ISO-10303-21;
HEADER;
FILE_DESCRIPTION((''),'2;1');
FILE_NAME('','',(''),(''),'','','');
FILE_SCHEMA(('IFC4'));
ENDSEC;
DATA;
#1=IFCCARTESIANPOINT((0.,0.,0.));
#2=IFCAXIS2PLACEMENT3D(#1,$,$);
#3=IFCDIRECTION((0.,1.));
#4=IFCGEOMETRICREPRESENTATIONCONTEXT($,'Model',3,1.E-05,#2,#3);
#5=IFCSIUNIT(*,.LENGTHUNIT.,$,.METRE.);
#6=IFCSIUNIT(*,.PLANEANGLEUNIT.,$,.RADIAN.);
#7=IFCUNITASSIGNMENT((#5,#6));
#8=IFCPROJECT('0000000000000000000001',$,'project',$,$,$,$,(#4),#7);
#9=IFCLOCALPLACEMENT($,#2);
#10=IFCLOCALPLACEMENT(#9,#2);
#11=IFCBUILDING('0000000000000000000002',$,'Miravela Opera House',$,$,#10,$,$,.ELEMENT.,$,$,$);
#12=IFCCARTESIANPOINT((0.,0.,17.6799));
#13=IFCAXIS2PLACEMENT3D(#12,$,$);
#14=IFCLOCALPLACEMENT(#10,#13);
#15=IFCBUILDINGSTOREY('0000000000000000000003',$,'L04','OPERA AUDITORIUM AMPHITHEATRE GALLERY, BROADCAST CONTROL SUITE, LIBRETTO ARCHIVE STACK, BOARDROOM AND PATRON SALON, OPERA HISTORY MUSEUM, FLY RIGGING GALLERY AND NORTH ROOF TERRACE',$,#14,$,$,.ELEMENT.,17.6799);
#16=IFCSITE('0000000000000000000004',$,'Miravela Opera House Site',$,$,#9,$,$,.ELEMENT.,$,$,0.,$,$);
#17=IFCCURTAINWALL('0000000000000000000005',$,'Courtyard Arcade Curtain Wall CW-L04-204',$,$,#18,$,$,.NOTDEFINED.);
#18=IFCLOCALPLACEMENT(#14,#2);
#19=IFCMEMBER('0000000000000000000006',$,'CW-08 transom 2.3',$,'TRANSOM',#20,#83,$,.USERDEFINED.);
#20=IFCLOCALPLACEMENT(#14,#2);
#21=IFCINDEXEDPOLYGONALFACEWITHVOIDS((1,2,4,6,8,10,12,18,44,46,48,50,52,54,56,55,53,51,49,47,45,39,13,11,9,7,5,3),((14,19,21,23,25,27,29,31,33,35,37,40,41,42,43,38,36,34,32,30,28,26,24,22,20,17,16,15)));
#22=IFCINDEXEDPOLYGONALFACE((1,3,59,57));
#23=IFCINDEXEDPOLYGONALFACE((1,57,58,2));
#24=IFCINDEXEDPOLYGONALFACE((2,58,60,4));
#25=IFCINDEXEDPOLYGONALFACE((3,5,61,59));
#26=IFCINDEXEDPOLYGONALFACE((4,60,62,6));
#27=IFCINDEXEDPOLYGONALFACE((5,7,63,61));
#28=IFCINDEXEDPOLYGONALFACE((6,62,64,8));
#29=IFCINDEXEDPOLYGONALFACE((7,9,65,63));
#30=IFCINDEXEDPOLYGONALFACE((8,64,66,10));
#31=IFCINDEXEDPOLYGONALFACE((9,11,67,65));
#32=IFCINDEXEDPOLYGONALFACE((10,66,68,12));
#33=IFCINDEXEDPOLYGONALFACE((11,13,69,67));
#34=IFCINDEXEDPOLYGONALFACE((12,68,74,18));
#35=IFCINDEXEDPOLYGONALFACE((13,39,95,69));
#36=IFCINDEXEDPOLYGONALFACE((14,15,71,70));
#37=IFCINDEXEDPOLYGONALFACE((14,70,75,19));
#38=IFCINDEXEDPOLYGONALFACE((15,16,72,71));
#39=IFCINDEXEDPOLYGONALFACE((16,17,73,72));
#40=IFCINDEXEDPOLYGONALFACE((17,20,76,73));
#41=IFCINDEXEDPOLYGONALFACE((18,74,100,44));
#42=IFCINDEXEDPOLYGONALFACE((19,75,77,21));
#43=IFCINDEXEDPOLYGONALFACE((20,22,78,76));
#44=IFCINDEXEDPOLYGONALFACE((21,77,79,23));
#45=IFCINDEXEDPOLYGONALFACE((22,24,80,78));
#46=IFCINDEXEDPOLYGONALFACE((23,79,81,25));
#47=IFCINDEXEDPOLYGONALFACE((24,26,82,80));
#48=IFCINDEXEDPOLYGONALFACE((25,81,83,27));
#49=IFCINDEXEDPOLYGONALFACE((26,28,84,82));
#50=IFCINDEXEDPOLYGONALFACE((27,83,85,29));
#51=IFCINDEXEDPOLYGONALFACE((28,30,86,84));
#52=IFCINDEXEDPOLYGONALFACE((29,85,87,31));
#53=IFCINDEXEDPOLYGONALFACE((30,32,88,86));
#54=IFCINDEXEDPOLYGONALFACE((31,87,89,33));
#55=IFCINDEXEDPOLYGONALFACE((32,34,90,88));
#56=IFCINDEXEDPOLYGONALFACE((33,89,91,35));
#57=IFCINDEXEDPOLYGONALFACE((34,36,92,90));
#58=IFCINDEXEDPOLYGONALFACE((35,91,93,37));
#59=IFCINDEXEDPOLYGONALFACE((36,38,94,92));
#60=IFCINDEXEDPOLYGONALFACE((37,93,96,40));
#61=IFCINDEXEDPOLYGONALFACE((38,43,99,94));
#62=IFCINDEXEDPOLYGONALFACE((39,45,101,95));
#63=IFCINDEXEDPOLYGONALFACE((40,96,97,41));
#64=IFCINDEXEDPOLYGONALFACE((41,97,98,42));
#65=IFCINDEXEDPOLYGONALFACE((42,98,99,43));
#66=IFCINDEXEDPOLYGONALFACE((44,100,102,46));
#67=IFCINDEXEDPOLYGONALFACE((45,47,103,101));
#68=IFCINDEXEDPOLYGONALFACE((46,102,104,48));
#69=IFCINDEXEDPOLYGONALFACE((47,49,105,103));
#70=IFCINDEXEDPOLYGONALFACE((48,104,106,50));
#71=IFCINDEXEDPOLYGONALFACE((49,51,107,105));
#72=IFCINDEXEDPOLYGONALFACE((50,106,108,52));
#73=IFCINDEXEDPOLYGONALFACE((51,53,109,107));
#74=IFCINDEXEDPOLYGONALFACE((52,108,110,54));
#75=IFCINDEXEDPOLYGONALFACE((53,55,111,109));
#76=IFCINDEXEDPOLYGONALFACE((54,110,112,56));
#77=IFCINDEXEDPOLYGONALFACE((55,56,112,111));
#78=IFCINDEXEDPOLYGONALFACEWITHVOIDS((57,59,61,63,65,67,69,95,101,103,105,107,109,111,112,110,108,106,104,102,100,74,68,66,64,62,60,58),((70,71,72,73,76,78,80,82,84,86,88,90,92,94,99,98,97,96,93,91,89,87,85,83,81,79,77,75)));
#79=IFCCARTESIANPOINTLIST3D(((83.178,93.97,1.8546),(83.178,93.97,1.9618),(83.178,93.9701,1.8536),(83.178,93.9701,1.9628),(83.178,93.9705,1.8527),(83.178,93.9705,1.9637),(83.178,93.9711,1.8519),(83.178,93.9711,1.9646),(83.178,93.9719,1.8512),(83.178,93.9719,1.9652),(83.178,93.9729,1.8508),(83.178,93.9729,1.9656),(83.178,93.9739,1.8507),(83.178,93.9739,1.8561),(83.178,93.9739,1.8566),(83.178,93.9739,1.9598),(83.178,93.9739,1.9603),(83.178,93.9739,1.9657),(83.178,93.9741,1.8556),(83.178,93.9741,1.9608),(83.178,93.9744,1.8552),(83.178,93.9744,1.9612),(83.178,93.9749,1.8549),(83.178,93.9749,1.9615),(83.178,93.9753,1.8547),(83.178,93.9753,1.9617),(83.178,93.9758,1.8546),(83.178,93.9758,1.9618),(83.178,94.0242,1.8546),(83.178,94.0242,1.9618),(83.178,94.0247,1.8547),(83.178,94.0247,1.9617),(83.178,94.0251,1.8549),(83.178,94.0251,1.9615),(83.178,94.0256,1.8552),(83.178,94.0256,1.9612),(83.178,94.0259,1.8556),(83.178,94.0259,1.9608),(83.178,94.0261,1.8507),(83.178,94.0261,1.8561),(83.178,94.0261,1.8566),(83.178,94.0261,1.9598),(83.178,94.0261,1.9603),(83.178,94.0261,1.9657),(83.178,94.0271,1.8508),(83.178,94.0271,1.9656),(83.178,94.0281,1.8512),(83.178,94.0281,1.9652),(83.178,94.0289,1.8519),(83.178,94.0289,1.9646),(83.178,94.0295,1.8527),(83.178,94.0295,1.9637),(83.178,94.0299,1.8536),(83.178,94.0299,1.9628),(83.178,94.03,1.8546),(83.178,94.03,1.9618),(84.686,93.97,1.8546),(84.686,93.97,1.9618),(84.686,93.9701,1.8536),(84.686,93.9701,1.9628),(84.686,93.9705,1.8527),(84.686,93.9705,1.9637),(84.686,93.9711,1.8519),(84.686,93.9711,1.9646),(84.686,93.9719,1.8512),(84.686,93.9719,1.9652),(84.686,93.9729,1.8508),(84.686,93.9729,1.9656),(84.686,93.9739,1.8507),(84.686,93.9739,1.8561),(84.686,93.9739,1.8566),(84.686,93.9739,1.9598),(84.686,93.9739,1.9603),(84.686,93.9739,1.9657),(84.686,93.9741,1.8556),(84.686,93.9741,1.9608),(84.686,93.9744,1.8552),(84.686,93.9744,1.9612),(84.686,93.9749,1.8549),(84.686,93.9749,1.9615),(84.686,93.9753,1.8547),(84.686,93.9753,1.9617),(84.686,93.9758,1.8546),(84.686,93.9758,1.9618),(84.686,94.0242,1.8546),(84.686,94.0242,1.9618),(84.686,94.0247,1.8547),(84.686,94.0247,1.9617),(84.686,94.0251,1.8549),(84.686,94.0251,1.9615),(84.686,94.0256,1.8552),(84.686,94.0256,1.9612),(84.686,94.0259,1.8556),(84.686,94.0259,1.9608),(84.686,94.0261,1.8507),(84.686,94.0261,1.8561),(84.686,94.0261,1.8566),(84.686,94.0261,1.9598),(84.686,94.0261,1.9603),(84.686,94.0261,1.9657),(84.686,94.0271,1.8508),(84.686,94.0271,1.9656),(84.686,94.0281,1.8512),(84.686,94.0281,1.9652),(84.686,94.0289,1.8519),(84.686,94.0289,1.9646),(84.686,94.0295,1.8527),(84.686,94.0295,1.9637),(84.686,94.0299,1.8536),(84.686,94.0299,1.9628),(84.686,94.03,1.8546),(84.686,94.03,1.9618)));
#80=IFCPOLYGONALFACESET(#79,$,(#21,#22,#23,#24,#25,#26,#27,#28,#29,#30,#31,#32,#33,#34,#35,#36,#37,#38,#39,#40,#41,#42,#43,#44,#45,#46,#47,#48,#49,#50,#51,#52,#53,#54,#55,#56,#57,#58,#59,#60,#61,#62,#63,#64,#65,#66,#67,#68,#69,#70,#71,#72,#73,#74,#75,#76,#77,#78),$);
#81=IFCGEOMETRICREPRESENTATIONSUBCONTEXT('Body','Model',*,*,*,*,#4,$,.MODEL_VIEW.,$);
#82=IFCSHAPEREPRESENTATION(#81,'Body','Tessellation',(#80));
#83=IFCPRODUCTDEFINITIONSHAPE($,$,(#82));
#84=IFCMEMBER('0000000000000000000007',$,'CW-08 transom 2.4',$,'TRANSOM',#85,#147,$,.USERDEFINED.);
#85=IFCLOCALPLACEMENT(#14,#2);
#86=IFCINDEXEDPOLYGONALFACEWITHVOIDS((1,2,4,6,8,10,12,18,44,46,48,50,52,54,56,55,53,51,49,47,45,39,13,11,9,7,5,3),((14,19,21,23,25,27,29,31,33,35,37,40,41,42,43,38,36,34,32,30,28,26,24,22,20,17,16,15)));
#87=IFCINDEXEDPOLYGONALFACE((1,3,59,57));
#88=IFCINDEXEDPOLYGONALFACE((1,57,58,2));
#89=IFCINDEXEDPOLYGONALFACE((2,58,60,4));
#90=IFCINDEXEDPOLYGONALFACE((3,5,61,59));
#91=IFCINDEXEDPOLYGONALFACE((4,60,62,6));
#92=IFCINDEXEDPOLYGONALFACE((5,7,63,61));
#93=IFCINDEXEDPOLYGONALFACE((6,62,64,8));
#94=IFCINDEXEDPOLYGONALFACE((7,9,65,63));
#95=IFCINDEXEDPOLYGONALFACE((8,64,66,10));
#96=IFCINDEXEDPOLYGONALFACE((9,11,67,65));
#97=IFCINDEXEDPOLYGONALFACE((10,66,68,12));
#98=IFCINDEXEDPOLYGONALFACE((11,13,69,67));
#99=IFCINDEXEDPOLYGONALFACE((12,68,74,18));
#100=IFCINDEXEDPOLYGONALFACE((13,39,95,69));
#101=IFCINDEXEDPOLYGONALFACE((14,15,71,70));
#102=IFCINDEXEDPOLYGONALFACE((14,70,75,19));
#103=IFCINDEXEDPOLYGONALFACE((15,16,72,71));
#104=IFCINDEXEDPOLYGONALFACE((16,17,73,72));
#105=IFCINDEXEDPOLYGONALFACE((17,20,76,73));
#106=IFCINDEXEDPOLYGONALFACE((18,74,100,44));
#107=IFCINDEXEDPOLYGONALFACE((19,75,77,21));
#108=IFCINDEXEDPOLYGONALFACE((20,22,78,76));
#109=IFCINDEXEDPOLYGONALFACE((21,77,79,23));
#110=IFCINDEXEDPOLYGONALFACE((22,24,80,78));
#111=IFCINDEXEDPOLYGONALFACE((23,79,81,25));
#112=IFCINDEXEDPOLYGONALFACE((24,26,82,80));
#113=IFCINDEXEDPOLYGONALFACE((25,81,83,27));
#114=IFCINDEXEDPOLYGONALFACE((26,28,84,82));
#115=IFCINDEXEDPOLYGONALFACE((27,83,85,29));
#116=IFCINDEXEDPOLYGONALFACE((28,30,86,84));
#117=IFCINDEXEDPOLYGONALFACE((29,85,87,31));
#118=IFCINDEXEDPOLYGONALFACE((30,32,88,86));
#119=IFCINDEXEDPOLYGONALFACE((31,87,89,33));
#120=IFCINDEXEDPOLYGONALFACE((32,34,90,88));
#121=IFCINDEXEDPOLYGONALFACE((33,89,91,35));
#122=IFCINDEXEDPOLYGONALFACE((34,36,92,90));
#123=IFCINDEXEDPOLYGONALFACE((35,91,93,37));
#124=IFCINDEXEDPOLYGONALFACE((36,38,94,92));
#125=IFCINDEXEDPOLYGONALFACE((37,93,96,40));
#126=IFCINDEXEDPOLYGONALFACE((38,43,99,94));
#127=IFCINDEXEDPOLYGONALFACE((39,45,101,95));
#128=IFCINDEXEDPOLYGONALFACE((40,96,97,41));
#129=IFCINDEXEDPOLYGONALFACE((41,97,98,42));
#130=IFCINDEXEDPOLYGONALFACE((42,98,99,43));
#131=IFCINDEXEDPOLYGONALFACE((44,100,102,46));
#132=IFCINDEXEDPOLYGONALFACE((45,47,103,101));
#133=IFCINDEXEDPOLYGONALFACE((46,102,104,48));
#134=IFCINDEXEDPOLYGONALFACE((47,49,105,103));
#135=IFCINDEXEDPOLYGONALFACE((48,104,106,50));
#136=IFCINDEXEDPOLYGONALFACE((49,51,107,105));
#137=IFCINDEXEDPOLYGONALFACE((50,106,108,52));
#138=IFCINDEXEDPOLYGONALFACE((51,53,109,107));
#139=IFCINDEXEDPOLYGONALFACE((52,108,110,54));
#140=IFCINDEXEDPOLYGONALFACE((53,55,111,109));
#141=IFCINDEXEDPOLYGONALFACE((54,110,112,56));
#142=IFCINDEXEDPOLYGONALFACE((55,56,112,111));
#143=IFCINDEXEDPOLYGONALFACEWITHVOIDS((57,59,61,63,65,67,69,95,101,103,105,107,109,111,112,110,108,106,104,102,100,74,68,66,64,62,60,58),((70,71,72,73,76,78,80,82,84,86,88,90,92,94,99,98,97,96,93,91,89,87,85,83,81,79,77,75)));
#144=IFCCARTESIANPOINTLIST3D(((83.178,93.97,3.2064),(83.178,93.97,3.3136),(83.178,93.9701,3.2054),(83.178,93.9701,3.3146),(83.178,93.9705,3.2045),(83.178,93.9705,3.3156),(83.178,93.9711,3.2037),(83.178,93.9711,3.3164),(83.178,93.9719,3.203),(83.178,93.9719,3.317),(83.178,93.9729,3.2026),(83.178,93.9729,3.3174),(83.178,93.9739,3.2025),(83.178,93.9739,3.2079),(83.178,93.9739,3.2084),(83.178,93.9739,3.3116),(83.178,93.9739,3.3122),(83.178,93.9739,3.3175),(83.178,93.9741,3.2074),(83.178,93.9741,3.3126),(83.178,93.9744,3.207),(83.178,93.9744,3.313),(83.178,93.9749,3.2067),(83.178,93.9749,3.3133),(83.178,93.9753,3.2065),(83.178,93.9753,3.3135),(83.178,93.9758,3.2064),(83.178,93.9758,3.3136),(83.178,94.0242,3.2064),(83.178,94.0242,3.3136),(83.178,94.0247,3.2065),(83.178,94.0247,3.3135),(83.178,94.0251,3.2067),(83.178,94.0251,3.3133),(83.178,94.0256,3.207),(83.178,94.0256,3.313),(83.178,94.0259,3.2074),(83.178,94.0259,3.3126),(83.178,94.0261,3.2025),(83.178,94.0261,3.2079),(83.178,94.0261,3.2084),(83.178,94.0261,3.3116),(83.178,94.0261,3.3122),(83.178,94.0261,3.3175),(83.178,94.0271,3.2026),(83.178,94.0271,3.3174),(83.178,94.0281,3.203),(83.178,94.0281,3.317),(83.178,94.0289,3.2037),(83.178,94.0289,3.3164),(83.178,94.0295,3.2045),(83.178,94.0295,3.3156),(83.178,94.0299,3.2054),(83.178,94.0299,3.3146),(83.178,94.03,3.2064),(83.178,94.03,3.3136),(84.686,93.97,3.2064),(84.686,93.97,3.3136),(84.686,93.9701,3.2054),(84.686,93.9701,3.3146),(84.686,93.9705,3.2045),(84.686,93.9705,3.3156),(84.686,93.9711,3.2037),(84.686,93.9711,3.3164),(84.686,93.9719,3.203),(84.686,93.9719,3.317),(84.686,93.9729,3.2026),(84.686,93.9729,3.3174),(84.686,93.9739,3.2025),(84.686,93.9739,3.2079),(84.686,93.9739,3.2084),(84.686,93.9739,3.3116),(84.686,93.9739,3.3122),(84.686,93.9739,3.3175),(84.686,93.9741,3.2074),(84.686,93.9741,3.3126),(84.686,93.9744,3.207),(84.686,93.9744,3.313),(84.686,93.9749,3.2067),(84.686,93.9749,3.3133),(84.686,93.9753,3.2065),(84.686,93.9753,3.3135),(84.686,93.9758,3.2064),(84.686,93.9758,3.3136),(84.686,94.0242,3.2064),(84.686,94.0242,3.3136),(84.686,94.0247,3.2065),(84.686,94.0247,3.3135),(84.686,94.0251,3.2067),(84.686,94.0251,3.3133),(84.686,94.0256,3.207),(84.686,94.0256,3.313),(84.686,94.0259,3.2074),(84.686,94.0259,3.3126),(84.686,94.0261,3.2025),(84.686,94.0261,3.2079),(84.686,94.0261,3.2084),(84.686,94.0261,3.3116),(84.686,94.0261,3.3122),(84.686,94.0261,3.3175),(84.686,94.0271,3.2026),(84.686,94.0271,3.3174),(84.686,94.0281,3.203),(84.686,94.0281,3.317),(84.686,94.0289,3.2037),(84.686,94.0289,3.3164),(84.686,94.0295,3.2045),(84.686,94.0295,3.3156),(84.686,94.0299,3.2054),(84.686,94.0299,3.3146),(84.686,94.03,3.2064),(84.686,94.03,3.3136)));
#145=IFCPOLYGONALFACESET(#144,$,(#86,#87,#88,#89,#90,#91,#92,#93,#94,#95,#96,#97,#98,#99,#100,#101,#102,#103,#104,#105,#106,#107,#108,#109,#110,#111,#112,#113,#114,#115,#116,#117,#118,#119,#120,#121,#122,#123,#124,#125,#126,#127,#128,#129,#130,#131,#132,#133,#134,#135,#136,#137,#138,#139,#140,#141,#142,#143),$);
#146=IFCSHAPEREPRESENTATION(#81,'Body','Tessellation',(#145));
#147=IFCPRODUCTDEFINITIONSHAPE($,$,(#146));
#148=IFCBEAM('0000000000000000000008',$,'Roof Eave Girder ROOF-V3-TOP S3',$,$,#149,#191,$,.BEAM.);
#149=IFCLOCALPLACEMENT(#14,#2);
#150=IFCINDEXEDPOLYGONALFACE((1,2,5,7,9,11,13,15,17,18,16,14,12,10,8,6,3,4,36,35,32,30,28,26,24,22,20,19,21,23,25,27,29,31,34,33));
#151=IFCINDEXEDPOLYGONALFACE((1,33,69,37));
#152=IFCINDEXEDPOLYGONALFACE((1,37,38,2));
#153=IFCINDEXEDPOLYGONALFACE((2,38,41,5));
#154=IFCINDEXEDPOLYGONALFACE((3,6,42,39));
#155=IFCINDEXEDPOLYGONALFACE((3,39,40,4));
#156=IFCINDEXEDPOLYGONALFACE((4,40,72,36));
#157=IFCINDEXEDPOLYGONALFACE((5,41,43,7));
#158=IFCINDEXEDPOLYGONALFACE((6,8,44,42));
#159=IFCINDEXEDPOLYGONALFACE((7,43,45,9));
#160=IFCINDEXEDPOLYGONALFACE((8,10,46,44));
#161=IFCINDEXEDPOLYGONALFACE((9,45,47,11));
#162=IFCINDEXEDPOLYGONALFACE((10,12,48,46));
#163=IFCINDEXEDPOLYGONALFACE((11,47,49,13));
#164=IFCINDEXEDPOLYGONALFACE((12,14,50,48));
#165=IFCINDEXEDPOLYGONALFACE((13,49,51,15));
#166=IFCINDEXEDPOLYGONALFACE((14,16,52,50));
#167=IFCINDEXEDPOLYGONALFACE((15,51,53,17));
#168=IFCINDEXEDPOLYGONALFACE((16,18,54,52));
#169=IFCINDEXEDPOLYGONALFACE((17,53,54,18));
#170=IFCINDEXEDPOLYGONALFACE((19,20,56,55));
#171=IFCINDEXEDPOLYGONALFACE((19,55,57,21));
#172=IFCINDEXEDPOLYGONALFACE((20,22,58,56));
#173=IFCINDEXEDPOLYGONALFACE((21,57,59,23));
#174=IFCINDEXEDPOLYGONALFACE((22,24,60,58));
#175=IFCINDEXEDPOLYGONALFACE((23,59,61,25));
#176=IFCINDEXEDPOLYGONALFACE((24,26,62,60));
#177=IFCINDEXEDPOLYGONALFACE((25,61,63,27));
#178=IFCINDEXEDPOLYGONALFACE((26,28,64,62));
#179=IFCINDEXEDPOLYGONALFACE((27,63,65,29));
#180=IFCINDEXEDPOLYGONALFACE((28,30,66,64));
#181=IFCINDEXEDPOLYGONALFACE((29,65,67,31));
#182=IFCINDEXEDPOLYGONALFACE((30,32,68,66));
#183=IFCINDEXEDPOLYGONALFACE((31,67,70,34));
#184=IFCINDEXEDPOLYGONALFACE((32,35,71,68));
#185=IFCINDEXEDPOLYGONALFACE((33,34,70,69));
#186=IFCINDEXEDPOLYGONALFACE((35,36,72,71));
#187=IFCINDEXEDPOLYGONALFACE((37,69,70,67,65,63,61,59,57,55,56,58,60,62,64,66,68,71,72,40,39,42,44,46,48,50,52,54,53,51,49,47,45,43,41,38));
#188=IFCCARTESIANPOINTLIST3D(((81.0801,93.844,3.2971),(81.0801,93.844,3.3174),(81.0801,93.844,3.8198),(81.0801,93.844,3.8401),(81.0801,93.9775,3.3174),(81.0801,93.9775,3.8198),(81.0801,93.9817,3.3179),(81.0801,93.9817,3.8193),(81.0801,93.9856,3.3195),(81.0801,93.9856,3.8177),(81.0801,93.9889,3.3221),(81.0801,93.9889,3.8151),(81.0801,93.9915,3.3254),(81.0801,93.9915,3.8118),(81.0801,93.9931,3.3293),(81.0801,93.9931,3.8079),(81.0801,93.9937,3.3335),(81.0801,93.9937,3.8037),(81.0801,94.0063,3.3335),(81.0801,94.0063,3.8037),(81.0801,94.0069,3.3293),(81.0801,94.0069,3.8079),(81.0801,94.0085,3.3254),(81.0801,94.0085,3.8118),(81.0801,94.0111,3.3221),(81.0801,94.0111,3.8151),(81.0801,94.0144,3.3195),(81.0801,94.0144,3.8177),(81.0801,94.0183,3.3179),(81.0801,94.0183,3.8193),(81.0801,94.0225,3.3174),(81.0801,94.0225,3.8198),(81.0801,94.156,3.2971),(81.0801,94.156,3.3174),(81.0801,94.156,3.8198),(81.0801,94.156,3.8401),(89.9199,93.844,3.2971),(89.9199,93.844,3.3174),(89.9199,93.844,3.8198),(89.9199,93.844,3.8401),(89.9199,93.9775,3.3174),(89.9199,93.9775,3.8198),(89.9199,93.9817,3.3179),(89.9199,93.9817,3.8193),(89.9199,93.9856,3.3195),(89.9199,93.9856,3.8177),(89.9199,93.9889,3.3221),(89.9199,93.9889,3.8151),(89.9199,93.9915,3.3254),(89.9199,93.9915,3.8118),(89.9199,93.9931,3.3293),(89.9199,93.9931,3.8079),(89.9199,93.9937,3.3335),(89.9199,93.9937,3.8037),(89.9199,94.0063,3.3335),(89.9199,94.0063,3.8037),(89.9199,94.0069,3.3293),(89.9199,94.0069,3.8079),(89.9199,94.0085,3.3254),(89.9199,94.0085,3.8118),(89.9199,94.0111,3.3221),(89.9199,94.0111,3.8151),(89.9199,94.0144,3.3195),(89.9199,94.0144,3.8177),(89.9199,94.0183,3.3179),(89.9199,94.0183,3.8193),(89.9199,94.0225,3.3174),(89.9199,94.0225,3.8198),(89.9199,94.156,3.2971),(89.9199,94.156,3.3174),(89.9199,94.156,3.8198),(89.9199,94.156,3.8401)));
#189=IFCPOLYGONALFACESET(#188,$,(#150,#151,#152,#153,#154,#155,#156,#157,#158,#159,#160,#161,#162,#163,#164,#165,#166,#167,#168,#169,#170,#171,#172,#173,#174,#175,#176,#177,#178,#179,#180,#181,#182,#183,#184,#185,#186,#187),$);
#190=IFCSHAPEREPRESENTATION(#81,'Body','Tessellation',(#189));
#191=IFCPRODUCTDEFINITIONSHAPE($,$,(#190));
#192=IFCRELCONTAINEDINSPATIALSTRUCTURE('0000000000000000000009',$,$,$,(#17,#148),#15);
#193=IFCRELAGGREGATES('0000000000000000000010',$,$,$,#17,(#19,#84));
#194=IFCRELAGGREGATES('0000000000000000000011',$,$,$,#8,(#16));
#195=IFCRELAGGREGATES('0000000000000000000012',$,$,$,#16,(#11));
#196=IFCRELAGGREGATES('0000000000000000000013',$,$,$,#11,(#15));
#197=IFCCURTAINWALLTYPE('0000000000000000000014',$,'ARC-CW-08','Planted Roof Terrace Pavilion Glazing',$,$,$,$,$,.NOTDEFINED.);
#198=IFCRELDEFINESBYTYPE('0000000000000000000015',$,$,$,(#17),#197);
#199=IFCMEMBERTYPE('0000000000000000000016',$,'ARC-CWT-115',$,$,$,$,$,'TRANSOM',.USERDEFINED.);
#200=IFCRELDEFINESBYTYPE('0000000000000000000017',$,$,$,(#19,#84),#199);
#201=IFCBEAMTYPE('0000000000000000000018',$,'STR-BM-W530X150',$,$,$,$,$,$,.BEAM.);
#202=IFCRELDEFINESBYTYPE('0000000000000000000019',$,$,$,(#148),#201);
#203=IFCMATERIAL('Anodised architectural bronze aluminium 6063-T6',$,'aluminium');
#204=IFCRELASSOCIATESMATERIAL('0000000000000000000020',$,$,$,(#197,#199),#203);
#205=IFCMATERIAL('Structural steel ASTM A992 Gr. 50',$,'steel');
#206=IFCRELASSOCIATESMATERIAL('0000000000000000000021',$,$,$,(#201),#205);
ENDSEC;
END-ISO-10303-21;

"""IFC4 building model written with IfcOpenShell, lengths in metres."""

from ifc_helpers import new_model, si_unit, direction, frame, origin, origin_2d, place, context, subcontext, project, spatial, hollow_rectangle, i_section, extrude, material, material_profile, profile_set, type_object, element, aggregate, save


model = new_model("IFC4")

# Units and contexts
model_context = context("Model", 3, precision=1e-05, world=origin(), true_north=direction((0.0, 1.0)))
body_context = subcontext(model_context, "Body", "Model", "MODEL_VIEW")
ifc_project = project(units=[si_unit("LENGTHUNIT", "METRE"), si_unit("PLANEANGLEUNIT", "RADIAN")], contexts=[model_context])

# Site, building, storey
site_placement = place(None, origin())
site = spatial("IfcSite", under=ifc_project, at=site_placement, Name="Miravela Opera House Site", CompositionType="ELEMENT", RefElevation=0.0)
building_placement = place(site_placement, origin())
building = spatial("IfcBuilding", under=site, at=building_placement, Name="Miravela Opera House", CompositionType="ELEMENT")
storey_placement = place(building_placement, frame((0.0, 0.0, 17.6799)))
storey = spatial("IfcBuildingStorey", under=building, at=storey_placement, Name="L04", Description="OPERA AUDITORIUM AMPHITHEATRE GALLERY, BROADCAST CONTROL SUITE, LIBRETTO ARCHIVE STACK, BOARDROOM AND PATRON SALON, OPERA HISTORY MUSEUM, FLY RIGGING GALLERY AND NORTH ROOF TERRACE", CompositionType="ELEMENT", Elevation=17.6799)

# Curtain wall, members
ifc_material_1 = material(Name="Anodised architectural bronze aluminium 6063-T6", Category="aluminium")
curtain_wall_type = type_object("IfcCurtainWallType", Name="ARC-CW-08", Description="Planted Roof Terrace Pavilion Glazing", PredefinedType="NOTDEFINED", material=ifc_material_1)
curtain_wall_placement = place(storey_placement, origin())
curtain_wall = element("IfcCurtainWall", 1, at=curtain_wall_placement, inside=storey, type_object=curtain_wall_type, Name="Courtyard Arcade Curtain Wall CW-L04-204", PredefinedType="NOTDEFINED")
ifc_material_profile_1 = material_profile(ifc_material_1, hollow_rectangle(XDim=0.0601, YDim=0.115, WallThickness=0.0039, InnerFilletRadius=0.002, OuterFilletRadius=0.0039, at=origin_2d()), Name="CWT-60X115")
ifc_profile_set_1 = profile_set([ifc_material_profile_1])
member_type_1 = type_object("IfcMemberType", Name="ARC-CWT-115", ElementType="TRANSOM", PredefinedType="USERDEFINED", material=ifc_profile_set_1)
member_1_placement = place(storey_placement, frame((83.178, 94.0, 1.9082), z_axis=(1.0, 0.0, 0.0), x_axis=(0.0, 1.0, 0.0)))
member_1 = element("IfcMember", 2, at=member_1_placement, type_object=member_type_1, Name="CW-08 transom 2.3", ObjectType="TRANSOM", PredefinedType="USERDEFINED", context=body_context, shape_type="SweptSolid", body=[
    extrude(hollow_rectangle(XDim=0.0601, YDim=0.115, WallThickness=0.0039, InnerFilletRadius=0.002, OuterFilletRadius=0.0039, at=origin_2d()), origin(), (0.0, 0.0, 1.0), 1.5081),
])
member_2_placement = place(storey_placement, frame((83.178, 94.0, 3.26), z_axis=(1.0, 0.0, 0.0), x_axis=(0.0, 1.0, 0.0)))
member_2 = element("IfcMember", 3, at=member_2_placement, type_object=member_type_1, Name="CW-08 transom 2.4", ObjectType="TRANSOM", PredefinedType="USERDEFINED", context=body_context, shape_type="SweptSolid", body=[
    extrude(hollow_rectangle(XDim=0.0601, YDim=0.115, WallThickness=0.0039, InnerFilletRadius=0.002, OuterFilletRadius=0.0039, at=origin_2d()), origin(), (0.0, 0.0, 1.0), 1.5081),
])

# Beam
ifc_material_2 = material(Name="Structural steel ASTM A992 Gr. 50", Category="steel")
ifc_material_profile_2 = material_profile(ifc_material_2, i_section(OverallWidth=0.312, OverallDepth=0.543, WebThickness=0.0127, FlangeThickness=0.0203, FilletRadius=0.0161, at=origin_2d()), Name="W530X150")
ifc_profile_set_2 = profile_set([ifc_material_profile_2])
beam_type = type_object("IfcBeamType", Name="STR-BM-W530X150", PredefinedType="BEAM", material=ifc_profile_set_2)
for number, where, z_axis, x_axis, name in (
    (4, (81.0801, 94.0, 3.5686), (1.0, 0.0, 0.0), (0.0, 1.0, 0.0), "Roof Eave Girder ROOF-V3-TOP S3"),
):
    element("IfcBeam", number, at=place(storey_placement, frame(where, z_axis=z_axis, x_axis=x_axis)), inside=storey, type_object=beam_type, Name=name, PredefinedType="BEAM", context=body_context, shape_type="SweptSolid", body=[
        extrude(i_section(OverallWidth=0.312, OverallDepth=0.543, WebThickness=0.0127, FlangeThickness=0.0203, FilletRadius=0.0161, at=origin_2d()), origin(), (0.0, 0.0, 1.0), 8.8398),
    ])

aggregate(curtain_wall, [member_1, member_2])

save(model, "model.ifc")
